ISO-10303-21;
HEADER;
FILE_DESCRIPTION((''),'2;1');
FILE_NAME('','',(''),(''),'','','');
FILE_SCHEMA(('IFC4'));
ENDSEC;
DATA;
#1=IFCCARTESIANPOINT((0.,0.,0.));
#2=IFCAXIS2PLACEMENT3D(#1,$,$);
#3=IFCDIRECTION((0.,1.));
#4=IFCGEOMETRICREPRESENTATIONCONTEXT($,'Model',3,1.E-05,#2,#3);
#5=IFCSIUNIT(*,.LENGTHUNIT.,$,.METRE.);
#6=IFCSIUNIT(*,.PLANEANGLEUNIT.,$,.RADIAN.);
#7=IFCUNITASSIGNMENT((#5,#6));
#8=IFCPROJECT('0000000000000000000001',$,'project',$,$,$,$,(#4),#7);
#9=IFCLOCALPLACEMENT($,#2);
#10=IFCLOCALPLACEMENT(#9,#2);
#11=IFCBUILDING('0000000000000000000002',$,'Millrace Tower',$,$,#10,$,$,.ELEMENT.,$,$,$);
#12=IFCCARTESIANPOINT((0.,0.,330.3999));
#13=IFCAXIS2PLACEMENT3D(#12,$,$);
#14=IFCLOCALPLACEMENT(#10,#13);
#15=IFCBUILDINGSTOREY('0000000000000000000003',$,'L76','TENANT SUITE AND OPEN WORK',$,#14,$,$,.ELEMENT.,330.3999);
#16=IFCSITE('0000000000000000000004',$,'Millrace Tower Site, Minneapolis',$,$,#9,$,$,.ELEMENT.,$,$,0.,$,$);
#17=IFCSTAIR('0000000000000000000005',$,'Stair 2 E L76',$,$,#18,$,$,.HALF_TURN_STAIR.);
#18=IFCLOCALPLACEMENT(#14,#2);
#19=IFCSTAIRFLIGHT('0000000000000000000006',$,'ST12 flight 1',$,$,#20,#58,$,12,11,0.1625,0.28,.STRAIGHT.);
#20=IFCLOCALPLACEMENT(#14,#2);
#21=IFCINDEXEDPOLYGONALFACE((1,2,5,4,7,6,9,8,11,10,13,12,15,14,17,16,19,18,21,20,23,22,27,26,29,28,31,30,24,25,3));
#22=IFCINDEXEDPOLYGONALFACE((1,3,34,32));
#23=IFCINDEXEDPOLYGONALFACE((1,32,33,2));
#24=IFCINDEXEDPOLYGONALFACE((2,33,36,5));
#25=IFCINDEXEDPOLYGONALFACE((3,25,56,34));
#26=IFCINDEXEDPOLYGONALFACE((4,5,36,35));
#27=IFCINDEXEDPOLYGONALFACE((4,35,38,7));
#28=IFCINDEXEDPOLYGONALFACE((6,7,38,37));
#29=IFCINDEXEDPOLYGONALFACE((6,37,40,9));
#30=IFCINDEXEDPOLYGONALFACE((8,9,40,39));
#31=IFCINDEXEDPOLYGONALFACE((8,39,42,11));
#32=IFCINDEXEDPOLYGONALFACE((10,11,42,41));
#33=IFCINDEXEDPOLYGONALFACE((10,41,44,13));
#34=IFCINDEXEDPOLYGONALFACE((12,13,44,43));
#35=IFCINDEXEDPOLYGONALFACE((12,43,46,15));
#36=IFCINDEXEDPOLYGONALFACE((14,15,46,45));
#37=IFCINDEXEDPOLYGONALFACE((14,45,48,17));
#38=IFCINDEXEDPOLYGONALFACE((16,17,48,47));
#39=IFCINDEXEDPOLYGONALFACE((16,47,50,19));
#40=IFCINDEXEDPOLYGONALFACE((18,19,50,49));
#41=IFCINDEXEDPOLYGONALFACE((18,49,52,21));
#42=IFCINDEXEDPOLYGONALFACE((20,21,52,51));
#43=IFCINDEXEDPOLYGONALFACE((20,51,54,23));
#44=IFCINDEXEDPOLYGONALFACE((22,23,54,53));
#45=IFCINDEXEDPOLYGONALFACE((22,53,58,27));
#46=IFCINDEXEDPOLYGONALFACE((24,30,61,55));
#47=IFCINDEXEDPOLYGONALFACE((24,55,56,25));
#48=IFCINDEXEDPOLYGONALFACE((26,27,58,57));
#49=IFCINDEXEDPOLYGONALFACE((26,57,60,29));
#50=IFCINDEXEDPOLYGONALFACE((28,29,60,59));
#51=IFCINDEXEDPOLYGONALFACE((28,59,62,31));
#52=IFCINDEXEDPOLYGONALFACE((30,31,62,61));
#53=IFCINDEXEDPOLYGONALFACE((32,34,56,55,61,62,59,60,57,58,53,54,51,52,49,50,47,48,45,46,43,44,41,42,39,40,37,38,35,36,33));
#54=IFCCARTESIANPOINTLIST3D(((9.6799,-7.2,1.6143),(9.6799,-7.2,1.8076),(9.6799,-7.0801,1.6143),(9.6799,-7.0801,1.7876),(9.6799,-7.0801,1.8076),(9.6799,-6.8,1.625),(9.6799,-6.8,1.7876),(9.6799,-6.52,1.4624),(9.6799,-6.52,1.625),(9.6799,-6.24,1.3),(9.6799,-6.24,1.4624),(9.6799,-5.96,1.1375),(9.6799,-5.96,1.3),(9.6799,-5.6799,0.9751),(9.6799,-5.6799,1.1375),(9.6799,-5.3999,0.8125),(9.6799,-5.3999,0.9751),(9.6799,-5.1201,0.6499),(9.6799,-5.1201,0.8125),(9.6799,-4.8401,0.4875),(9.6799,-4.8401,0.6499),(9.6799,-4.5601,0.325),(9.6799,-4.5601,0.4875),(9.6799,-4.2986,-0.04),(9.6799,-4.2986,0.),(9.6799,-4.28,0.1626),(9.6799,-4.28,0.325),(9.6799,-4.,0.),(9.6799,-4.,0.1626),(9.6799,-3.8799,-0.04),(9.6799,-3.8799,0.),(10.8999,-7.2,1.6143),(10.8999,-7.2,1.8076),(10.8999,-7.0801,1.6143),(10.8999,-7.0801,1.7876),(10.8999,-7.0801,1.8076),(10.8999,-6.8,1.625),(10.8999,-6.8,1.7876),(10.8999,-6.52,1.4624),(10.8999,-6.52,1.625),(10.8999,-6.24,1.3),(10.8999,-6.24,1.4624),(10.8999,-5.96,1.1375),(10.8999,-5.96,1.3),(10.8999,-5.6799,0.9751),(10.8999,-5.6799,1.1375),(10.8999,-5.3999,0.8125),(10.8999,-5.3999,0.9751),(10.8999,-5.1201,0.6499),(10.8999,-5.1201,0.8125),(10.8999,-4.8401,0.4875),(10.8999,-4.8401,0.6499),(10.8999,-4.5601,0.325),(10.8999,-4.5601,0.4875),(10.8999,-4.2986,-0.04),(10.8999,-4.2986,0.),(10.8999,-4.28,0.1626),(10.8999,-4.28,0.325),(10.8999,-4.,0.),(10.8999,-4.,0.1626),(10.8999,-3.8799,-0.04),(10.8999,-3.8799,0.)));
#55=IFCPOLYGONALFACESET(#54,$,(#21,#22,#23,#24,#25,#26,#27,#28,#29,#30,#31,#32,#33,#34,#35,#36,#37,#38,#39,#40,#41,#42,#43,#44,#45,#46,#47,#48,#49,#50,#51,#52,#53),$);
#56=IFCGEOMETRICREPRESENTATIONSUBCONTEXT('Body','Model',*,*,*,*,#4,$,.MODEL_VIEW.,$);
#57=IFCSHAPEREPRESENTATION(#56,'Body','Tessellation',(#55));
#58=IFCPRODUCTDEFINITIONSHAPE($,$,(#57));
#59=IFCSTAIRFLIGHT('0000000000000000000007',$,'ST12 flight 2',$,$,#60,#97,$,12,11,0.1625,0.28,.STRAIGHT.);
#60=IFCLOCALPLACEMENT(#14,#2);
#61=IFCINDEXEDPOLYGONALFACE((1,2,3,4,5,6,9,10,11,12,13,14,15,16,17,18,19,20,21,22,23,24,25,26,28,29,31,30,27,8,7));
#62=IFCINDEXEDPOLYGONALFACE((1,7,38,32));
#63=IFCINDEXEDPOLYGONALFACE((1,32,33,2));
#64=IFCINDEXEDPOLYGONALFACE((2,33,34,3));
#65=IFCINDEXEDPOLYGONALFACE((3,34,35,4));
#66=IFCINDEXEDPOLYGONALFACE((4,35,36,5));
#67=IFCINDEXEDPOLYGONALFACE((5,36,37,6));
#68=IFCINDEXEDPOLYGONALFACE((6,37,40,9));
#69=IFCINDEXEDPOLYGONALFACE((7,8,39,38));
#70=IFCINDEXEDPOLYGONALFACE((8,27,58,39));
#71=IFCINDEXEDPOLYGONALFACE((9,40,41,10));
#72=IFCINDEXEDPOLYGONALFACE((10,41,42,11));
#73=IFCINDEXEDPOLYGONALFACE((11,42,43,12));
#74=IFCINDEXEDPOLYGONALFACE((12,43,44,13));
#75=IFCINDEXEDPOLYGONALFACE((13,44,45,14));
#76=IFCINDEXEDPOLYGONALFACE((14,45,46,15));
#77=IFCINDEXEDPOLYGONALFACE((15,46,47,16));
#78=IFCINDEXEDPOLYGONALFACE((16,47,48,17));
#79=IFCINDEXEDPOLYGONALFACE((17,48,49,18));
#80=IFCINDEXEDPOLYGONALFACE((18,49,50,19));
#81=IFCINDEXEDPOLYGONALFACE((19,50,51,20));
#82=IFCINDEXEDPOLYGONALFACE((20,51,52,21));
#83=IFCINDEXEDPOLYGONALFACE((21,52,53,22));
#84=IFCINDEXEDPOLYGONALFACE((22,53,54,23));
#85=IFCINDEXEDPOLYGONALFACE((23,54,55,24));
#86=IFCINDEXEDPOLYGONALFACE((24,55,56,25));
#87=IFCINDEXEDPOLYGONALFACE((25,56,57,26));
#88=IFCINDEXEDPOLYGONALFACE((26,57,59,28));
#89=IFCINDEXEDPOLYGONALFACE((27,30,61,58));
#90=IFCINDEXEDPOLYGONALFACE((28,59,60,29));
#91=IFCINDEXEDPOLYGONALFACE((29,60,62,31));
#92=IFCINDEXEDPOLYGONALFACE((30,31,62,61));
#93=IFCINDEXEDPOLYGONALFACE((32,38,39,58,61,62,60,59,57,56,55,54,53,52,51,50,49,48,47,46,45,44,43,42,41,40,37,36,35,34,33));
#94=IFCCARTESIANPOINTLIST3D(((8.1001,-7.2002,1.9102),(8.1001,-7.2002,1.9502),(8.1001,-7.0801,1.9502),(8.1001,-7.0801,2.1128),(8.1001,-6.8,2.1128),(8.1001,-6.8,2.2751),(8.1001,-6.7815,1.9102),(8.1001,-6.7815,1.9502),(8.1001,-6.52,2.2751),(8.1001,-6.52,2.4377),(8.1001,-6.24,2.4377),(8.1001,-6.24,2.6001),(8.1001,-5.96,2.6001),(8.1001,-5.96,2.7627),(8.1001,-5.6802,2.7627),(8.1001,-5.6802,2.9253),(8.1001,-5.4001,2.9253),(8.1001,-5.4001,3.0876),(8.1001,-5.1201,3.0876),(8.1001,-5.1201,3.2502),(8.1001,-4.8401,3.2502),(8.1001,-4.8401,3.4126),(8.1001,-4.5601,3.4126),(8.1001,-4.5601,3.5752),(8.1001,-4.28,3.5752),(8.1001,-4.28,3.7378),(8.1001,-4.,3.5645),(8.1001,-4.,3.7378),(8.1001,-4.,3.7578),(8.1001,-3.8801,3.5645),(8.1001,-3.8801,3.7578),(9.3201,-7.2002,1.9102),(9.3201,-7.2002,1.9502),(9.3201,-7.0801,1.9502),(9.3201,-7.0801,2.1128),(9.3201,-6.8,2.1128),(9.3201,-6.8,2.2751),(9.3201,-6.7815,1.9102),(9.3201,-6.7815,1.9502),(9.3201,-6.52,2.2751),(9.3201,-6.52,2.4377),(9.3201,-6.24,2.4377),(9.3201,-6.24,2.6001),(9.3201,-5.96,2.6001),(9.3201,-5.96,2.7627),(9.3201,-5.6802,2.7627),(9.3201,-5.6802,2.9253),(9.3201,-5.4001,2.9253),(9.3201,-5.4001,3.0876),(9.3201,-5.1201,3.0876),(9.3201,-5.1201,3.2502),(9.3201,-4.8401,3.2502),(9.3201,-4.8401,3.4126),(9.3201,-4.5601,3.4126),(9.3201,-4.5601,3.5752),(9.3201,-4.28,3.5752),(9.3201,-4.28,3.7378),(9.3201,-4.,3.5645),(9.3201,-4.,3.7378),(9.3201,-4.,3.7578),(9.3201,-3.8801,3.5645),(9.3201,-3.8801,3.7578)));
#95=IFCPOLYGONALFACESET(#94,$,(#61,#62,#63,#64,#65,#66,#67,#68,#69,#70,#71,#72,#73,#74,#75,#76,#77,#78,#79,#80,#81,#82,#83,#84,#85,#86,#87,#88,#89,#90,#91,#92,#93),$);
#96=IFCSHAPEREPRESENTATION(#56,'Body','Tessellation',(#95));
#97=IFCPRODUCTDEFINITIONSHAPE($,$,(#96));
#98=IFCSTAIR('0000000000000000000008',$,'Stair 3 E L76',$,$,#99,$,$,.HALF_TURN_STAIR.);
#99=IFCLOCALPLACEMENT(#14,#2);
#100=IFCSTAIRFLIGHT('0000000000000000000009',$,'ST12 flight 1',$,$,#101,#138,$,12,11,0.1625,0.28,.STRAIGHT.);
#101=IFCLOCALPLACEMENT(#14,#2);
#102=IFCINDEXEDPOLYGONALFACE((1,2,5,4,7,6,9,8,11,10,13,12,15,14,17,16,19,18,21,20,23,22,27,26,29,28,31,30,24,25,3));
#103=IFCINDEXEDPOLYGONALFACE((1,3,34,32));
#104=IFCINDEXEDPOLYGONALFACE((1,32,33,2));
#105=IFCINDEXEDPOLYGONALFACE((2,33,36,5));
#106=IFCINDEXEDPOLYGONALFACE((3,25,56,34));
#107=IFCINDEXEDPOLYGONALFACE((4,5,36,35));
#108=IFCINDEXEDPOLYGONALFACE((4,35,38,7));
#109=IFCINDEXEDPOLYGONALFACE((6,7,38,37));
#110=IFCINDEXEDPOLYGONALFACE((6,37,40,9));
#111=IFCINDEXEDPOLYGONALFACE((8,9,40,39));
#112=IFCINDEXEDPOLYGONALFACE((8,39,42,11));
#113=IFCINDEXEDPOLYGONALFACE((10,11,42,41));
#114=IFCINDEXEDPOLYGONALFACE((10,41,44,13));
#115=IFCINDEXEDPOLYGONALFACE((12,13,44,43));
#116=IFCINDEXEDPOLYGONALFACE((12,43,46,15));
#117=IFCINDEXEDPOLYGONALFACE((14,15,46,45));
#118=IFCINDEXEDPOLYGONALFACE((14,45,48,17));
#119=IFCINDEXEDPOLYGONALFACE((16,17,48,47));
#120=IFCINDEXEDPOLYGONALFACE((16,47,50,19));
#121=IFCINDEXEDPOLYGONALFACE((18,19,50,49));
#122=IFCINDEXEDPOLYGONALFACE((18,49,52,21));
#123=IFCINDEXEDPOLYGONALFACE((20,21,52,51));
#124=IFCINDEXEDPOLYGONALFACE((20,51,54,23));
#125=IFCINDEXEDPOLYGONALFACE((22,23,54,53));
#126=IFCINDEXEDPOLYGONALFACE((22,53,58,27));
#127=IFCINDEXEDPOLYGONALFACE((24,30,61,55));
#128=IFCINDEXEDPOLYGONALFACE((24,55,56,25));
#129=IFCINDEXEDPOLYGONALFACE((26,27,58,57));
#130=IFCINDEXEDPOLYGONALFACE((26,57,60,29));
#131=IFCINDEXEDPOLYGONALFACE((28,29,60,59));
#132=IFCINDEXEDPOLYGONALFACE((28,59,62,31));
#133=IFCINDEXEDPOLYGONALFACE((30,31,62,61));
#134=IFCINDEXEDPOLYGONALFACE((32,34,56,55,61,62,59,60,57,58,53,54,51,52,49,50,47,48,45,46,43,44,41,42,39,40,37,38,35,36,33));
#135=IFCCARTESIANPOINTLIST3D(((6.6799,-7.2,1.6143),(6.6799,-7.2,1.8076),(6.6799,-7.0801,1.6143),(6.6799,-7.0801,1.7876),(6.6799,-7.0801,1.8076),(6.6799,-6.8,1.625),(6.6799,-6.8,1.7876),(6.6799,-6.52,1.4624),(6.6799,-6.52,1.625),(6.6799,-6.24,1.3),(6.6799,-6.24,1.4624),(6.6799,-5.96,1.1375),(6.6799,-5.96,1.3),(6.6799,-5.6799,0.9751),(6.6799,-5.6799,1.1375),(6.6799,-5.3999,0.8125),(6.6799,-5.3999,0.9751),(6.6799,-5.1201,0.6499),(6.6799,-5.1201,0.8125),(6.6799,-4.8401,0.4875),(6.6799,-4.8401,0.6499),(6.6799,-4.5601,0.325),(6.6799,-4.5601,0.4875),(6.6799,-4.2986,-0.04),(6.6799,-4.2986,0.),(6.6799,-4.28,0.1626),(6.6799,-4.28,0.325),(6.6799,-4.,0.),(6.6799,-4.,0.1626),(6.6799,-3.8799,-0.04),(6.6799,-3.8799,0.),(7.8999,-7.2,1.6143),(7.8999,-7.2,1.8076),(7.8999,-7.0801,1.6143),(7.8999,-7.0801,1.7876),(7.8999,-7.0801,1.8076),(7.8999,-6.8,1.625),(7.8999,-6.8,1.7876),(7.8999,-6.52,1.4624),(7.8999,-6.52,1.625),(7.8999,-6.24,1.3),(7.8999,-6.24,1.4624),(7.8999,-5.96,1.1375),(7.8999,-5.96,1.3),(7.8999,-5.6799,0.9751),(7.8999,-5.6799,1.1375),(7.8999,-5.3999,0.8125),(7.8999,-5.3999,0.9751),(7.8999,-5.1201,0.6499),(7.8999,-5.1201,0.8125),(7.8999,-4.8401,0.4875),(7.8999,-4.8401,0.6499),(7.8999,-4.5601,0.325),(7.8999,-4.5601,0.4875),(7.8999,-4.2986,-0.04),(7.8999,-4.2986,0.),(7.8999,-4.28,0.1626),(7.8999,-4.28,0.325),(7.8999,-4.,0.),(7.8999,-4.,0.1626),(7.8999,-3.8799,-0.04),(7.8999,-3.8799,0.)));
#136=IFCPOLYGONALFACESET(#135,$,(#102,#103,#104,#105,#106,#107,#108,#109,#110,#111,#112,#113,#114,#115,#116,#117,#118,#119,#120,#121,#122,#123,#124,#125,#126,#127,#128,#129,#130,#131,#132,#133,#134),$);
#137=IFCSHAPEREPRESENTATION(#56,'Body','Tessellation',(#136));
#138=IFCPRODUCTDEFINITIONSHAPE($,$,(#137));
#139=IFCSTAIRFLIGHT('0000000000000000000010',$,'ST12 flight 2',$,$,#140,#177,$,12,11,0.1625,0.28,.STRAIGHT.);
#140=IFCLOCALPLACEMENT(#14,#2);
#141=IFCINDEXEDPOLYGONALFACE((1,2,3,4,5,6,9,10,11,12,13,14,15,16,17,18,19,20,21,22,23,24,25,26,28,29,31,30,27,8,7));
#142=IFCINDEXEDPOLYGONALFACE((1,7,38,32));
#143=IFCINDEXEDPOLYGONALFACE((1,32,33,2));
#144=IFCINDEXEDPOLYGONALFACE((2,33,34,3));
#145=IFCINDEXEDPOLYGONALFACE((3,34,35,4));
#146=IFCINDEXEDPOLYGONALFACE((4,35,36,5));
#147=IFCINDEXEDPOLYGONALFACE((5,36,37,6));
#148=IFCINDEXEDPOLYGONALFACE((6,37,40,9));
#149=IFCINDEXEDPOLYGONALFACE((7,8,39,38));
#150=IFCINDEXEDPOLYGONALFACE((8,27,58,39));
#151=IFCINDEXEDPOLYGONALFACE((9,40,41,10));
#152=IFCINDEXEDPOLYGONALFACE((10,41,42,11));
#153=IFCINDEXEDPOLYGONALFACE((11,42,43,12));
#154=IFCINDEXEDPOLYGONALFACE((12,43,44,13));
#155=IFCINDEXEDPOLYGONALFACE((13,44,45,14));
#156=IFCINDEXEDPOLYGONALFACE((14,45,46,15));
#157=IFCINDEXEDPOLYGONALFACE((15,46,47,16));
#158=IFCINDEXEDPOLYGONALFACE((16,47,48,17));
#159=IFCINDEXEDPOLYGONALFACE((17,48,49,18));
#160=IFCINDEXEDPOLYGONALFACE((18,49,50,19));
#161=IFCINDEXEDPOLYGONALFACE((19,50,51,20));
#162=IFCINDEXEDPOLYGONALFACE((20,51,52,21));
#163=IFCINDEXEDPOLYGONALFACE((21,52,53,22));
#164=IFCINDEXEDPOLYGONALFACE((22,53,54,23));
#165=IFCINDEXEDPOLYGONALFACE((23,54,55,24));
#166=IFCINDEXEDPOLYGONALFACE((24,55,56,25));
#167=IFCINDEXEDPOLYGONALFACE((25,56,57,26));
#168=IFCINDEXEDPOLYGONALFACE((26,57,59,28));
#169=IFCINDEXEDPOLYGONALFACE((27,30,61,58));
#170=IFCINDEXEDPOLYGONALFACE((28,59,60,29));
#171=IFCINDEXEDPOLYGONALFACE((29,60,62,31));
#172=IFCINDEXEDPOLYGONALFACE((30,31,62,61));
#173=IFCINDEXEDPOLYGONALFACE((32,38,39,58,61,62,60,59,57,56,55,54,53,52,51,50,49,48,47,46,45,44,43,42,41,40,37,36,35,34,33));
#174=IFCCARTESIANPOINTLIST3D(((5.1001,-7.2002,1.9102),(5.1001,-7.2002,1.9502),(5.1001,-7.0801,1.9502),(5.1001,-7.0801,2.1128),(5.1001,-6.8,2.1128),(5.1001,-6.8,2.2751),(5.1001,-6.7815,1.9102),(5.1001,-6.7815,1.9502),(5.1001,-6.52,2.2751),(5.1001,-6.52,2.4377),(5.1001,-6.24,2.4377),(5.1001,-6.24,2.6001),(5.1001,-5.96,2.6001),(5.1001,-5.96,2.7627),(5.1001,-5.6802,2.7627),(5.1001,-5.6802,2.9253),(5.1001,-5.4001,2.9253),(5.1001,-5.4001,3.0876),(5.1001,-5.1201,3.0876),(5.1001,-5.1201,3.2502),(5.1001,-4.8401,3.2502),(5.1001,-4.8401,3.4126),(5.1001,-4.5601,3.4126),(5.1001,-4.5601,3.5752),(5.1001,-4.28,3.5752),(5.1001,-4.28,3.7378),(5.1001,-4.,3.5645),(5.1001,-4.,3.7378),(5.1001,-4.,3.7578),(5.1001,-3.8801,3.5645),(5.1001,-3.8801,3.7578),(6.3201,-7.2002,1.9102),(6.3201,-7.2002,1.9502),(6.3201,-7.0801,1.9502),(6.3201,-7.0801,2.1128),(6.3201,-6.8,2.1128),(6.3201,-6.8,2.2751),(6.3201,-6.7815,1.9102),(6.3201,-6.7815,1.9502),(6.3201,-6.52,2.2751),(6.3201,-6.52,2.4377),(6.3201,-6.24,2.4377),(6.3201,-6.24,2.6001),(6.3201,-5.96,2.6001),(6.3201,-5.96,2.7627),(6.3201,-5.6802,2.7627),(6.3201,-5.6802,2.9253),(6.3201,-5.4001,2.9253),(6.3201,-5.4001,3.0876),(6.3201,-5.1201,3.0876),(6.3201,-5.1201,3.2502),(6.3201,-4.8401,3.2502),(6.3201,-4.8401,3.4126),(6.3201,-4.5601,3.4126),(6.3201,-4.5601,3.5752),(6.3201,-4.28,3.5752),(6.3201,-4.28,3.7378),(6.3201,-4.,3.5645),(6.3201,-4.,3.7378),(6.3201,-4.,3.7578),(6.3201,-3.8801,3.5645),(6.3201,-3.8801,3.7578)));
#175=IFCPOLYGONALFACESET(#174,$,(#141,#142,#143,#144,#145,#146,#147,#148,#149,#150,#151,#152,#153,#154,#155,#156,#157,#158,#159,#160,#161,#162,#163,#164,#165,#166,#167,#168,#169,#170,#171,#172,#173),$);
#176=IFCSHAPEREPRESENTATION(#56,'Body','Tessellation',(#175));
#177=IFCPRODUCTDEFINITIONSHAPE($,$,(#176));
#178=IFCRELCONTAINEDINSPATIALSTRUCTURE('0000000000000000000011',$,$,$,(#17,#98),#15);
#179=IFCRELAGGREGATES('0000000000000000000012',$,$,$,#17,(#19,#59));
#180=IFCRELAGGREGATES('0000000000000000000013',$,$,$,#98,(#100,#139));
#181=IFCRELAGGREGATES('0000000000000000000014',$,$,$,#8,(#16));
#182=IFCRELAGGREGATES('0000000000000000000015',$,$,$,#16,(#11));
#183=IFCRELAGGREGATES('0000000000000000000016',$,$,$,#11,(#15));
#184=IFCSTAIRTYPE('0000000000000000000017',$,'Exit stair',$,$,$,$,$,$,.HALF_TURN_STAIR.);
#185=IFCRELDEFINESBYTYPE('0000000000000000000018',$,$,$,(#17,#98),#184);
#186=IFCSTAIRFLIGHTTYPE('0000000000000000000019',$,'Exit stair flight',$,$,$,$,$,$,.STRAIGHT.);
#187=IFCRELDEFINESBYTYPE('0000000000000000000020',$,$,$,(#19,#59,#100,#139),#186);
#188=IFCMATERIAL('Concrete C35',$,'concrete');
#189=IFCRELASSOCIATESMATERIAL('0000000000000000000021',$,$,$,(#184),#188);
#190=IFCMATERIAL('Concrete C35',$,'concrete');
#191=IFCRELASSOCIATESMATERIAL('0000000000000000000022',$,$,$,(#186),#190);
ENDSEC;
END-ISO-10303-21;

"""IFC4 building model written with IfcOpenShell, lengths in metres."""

from ifc_helpers import new_model, si_unit, direction, frame, origin, place, context, subcontext, project, spatial, polyline, outline, extrude, material, type_object, element, aggregate, save


model = new_model("IFC4")

# Units and contexts
model_context = context("Model", 3, precision=1e-05, world=origin(), true_north=direction((0.0, 1.0)))
body_context = subcontext(model_context, "Body", "Model", "MODEL_VIEW")
ifc_project = project(units=[si_unit("LENGTHUNIT", "METRE"), si_unit("PLANEANGLEUNIT", "RADIAN")], contexts=[model_context])

# Site, building, storey
site_placement = place(None, origin())
site = spatial("IfcSite", under=ifc_project, at=site_placement, Name="Millrace Tower Site, Minneapolis", CompositionType="ELEMENT", RefElevation=0.0)
building_placement = place(site_placement, origin())
building = spatial("IfcBuilding", under=site, at=building_placement, Name="Millrace Tower", CompositionType="ELEMENT")
storey_placement = place(building_placement, frame((0.0, 0.0, 330.3999)))
storey = spatial("IfcBuildingStorey", under=building, at=storey_placement, Name="L76", Description="TENANT SUITE AND OPEN WORK", CompositionType="ELEMENT", Elevation=330.3999)

# Shared definitions
placement = place(storey_placement, origin())

# Stairs, stair flights
ifc_material_1 = material(Name="Concrete C35", Category="concrete")
stair_type = type_object("IfcStairType", Name="Exit stair", PredefinedType="HALF_TURN_STAIR", material=ifc_material_1)
stair_1 = element("IfcStair", 1, at=placement, inside=storey, type_object=stair_type, Name="Stair 2 E L76", PredefinedType="HALF_TURN_STAIR")
ifc_material_2 = material(Name="Concrete C35", Category="concrete")
stair_flight_type = type_object("IfcStairFlightType", Name="Exit stair flight", PredefinedType="STRAIGHT", material=ifc_material_2)
stair_flight_1_placement = place(storey_placement, frame((10.29, -4.0, 0.0), z_axis=(0.0, 0.0, 1.0), x_axis=(0.0, -1.0, 0.0)))
stair_flight_1 = element("IfcStairFlight", 2, at=stair_flight_1_placement, type_object=stair_flight_type, Name="ST12 flight 1", NumberOfRisers=12, NumberOfTreads=11, PredefinedType="STRAIGHT", RiserHeight=0.1625, TreadLength=0.28, context=body_context, shape_type="SweptSolid", body=[
    extrude(outline(polyline([(-0.1201, -0.04), (-0.1201, 0.0), (0.0, 0.0), (0.0, 0.1626), (0.28, 0.1626), (0.28, 0.325), (0.5601, 0.325), (0.5601, 0.4875), (0.8401, 0.4875), (0.8401, 0.6499), (1.1201, 0.6499), (1.1201, 0.8125), (1.3999, 0.8125), (1.3999, 0.9751), (1.6799, 0.9751), (1.6799, 1.1375), (1.96, 1.1375), (1.96, 1.3), (2.24, 1.3), (2.24, 1.4624), (2.52, 1.4624), (2.52, 1.625), (2.8, 1.625), (2.8, 1.7876), (3.0801, 1.7876), (3.0801, 1.8076), (3.2, 1.8076), (3.2, 1.6143), (3.0801, 1.6143), (0.2986, 0.0), (0.2986, -0.04), (-0.1201, -0.04)])), frame((0.0, 0.6099, 0.0), z_axis=(0.0, -1.0, 0.0), x_axis=(1.0, 0.0, 0.0)), (0.0, 0.0, 1.0), 1.22),
])
stair_flight_2_placement = place(storey_placement, frame((8.71, -7.0801, 1.9502), z_axis=(0.0, 0.0, 1.0), x_axis=(0.0, 1.0, 0.0)))
stair_flight_2 = element("IfcStairFlight", 3, at=stair_flight_2_placement, type_object=stair_flight_type, Name="ST12 flight 2", NumberOfRisers=12, NumberOfTreads=11, PredefinedType="STRAIGHT", RiserHeight=0.1625, TreadLength=0.28, context=body_context, shape_type="SweptSolid", body=[
    extrude(outline(polyline([(-0.1201, -0.04), (-0.1201, 0.0), (0.0, 0.0), (0.0, 0.1626), (0.28, 0.1626), (0.28, 0.325), (0.5601, 0.325), (0.5601, 0.4875), (0.8401, 0.4875), (0.8401, 0.6499), (1.1201, 0.6499), (1.1201, 0.8125), (1.3999, 0.8125), (1.3999, 0.9751), (1.6799, 0.9751), (1.6799, 1.1375), (1.96, 1.1375), (1.96, 1.3), (2.24, 1.3), (2.24, 1.4624), (2.52, 1.4624), (2.52, 1.625), (2.8, 1.625), (2.8, 1.7876), (3.0801, 1.7876), (3.0801, 1.8076), (3.2, 1.8076), (3.2, 1.6143), (3.0801, 1.6143), (0.2986, 0.0), (0.2986, -0.04), (-0.1201, -0.04)])), frame((0.0, 0.6099, 0.0), z_axis=(0.0, -1.0, 0.0), x_axis=(1.0, 0.0, 0.0)), (0.0, 0.0, 1.0), 1.22),
])
aggregate(stair_1, [stair_flight_1, stair_flight_2])
stair_2 = element("IfcStair", 4, at=placement, inside=storey, type_object=stair_type, Name="Stair 3 E L76", PredefinedType="HALF_TURN_STAIR")
stair_flight_3_placement = place(storey_placement, frame((7.29, -4.0, 0.0), z_axis=(0.0, 0.0, 1.0), x_axis=(0.0, -1.0, 0.0)))
stair_flight_3 = element("IfcStairFlight", 5, at=stair_flight_3_placement, type_object=stair_flight_type, Name="ST12 flight 1", NumberOfRisers=12, NumberOfTreads=11, PredefinedType="STRAIGHT", RiserHeight=0.1625, TreadLength=0.28, context=body_context, shape_type="SweptSolid", body=[
    extrude(outline(polyline([(-0.1201, -0.04), (-0.1201, 0.0), (0.0, 0.0), (0.0, 0.1626), (0.28, 0.1626), (0.28, 0.325), (0.5601, 0.325), (0.5601, 0.4875), (0.8401, 0.4875), (0.8401, 0.6499), (1.1201, 0.6499), (1.1201, 0.8125), (1.3999, 0.8125), (1.3999, 0.9751), (1.6799, 0.9751), (1.6799, 1.1375), (1.96, 1.1375), (1.96, 1.3), (2.24, 1.3), (2.24, 1.4624), (2.52, 1.4624), (2.52, 1.625), (2.8, 1.625), (2.8, 1.7876), (3.0801, 1.7876), (3.0801, 1.8076), (3.2, 1.8076), (3.2, 1.6143), (3.0801, 1.6143), (0.2986, 0.0), (0.2986, -0.04), (-0.1201, -0.04)])), frame((0.0, 0.6099, 0.0), z_axis=(0.0, -1.0, 0.0), x_axis=(1.0, 0.0, 0.0)), (0.0, 0.0, 1.0), 1.22),
])
stair_flight_4_placement = place(storey_placement, frame((5.71, -7.0801, 1.9502), z_axis=(0.0, 0.0, 1.0), x_axis=(0.0, 1.0, 0.0)))
stair_flight_4 = element("IfcStairFlight", 6, at=stair_flight_4_placement, type_object=stair_flight_type, Name="ST12 flight 2", NumberOfRisers=12, NumberOfTreads=11, PredefinedType="STRAIGHT", RiserHeight=0.1625, TreadLength=0.28, context=body_context, shape_type="SweptSolid", body=[
    extrude(outline(polyline([(-0.1201, -0.04), (-0.1201, 0.0), (0.0, 0.0), (0.0, 0.1626), (0.28, 0.1626), (0.28, 0.325), (0.5601, 0.325), (0.5601, 0.4875), (0.8401, 0.4875), (0.8401, 0.6499), (1.1201, 0.6499), (1.1201, 0.8125), (1.3999, 0.8125), (1.3999, 0.9751), (1.6799, 0.9751), (1.6799, 1.1375), (1.96, 1.1375), (1.96, 1.3), (2.24, 1.3), (2.24, 1.4624), (2.52, 1.4624), (2.52, 1.625), (2.8, 1.625), (2.8, 1.7876), (3.0801, 1.7876), (3.0801, 1.8076), (3.2, 1.8076), (3.2, 1.6143), (3.0801, 1.6143), (0.2986, 0.0), (0.2986, -0.04), (-0.1201, -0.04)])), frame((0.0, 0.6099, 0.0), z_axis=(0.0, -1.0, 0.0), x_axis=(1.0, 0.0, 0.0)), (0.0, 0.0, 1.0), 1.22),
])
aggregate(stair_2, [stair_flight_3, stair_flight_4])

save(model, "model.ifc")
